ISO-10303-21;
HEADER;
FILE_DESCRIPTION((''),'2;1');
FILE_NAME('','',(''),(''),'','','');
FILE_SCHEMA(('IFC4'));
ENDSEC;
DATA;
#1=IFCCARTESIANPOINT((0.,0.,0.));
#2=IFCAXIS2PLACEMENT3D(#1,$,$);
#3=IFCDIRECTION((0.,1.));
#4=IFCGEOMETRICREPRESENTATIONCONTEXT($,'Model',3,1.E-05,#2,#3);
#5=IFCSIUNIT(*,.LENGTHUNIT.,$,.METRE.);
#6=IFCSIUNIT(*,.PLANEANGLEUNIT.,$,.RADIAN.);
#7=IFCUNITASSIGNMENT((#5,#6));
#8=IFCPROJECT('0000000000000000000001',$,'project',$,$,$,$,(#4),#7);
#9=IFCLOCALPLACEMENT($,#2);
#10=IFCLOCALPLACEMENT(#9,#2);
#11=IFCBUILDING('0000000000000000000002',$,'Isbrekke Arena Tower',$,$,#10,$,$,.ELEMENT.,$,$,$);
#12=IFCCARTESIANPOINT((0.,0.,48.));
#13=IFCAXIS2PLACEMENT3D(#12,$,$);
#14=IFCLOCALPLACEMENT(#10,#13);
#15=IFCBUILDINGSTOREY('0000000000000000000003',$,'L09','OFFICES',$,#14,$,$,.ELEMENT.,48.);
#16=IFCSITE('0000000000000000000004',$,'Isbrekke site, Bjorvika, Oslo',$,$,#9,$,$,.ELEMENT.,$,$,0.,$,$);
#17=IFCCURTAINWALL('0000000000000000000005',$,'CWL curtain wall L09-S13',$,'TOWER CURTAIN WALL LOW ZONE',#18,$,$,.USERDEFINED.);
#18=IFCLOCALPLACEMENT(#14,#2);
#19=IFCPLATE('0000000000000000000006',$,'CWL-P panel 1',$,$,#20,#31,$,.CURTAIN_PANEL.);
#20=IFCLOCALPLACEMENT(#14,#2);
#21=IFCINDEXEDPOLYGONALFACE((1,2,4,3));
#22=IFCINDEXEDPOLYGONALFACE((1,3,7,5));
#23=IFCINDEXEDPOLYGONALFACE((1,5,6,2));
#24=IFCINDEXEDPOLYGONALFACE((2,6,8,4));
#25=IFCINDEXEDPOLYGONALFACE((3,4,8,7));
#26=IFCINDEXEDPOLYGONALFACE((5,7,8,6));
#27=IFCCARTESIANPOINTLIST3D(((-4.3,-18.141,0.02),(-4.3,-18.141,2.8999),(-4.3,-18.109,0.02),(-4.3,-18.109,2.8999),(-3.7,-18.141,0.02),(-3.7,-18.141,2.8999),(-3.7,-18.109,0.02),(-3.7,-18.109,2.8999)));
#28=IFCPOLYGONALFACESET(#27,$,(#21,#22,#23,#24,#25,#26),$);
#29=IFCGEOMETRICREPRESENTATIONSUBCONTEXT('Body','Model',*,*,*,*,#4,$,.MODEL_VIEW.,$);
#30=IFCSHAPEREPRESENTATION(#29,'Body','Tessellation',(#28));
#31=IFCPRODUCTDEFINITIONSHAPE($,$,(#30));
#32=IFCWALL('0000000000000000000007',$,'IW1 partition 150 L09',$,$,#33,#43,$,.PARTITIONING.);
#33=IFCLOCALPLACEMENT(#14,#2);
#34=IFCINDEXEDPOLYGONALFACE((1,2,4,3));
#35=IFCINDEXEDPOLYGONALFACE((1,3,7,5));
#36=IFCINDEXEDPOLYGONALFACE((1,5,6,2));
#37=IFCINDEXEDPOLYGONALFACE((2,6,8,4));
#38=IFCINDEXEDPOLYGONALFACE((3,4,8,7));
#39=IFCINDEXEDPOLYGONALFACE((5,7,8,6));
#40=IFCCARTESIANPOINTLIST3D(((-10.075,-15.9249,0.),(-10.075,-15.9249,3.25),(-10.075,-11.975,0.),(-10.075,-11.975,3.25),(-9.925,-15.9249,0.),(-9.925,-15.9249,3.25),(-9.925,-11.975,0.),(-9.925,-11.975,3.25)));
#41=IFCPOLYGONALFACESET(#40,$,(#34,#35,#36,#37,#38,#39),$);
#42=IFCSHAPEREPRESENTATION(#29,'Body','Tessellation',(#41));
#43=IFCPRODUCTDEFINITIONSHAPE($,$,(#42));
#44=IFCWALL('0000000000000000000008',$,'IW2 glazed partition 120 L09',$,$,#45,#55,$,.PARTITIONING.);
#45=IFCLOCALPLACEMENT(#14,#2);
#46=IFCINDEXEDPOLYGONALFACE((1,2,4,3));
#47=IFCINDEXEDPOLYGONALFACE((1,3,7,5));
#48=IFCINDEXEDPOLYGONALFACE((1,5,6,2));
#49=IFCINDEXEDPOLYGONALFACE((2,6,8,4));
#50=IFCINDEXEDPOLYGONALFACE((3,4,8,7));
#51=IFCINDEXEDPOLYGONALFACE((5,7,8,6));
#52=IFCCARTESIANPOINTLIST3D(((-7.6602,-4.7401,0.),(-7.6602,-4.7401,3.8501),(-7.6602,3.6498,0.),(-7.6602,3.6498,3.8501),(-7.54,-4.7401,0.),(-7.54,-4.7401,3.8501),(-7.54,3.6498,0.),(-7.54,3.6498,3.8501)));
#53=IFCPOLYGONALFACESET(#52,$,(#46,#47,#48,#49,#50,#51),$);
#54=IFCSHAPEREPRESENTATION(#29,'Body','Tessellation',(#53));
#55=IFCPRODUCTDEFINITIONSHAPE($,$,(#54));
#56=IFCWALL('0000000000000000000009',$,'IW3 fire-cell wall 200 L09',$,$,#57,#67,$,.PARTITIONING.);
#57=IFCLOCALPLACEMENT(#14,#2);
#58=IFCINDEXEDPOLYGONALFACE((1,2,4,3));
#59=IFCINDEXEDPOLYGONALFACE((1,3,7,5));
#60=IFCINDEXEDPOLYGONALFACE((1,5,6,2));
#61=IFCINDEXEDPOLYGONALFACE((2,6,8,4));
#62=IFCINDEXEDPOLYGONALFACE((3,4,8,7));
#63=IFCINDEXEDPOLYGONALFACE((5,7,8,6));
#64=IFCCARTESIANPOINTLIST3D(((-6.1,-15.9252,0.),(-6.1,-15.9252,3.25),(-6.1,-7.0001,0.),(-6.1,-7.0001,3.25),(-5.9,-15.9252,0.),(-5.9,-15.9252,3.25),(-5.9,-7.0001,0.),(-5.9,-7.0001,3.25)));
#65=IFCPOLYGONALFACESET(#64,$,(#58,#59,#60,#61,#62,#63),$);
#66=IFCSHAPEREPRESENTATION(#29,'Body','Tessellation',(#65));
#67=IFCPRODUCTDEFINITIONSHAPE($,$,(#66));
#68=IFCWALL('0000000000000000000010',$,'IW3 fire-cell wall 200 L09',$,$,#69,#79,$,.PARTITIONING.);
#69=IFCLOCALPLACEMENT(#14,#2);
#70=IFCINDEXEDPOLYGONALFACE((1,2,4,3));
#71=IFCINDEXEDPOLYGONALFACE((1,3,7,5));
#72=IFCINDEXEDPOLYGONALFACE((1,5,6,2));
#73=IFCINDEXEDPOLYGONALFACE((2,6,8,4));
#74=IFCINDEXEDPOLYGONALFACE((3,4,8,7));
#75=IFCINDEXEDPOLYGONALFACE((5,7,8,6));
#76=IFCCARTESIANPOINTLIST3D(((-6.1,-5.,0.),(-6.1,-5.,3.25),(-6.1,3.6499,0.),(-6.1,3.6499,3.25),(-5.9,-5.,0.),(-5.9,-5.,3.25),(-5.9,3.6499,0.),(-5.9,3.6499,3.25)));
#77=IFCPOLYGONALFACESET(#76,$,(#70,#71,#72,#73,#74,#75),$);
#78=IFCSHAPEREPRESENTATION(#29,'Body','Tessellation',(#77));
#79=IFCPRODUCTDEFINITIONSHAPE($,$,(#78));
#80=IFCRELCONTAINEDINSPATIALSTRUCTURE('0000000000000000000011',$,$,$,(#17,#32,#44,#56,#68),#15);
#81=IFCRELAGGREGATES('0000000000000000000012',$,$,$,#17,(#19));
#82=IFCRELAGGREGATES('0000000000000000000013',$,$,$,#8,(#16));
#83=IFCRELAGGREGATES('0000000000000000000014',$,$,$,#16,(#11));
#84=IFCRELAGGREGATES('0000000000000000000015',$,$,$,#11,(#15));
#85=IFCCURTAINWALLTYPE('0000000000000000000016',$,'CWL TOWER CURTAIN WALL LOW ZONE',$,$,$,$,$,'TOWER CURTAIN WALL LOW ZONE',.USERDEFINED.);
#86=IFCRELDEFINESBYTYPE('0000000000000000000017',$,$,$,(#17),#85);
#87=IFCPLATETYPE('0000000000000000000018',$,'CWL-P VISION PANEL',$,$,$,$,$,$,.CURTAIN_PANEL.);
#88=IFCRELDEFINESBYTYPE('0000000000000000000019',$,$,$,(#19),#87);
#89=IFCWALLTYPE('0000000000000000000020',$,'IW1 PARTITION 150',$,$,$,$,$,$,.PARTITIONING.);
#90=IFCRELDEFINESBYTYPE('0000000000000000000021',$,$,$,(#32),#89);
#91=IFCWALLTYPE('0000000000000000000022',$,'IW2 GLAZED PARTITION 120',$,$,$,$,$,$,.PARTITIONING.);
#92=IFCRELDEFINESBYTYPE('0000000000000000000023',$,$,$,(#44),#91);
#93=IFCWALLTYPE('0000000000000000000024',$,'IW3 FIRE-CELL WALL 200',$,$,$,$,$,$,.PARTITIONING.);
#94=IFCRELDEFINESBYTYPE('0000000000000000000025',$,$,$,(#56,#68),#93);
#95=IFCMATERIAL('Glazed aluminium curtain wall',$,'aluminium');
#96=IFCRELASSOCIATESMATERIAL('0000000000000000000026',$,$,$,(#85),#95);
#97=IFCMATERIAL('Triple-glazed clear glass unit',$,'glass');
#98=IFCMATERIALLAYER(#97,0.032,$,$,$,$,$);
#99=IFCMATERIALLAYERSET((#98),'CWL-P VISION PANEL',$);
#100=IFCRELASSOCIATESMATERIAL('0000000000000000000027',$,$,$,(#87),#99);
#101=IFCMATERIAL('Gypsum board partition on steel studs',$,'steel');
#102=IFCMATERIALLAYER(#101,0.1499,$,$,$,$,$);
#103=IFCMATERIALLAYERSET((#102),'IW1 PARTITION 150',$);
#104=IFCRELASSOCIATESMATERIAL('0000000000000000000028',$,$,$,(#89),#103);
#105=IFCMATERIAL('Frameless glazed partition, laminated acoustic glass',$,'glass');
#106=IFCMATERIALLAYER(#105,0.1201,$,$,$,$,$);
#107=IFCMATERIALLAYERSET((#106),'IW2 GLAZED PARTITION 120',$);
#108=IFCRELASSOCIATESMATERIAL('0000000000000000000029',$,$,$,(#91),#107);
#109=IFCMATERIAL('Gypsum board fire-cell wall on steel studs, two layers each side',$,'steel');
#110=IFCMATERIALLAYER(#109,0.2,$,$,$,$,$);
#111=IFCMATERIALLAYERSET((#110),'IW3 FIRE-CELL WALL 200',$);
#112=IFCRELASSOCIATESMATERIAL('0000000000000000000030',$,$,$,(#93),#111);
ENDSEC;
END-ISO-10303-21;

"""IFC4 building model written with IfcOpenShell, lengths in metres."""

from ifc_helpers import new_model, si_unit, direction, frame, frame_2d, origin, origin_2d, place, context, subcontext, project, spatial, rectangle, extrude, material, layer, layer_set, type_object, element, aggregate, save


model = new_model("IFC4")

# Units and contexts
model_context = context("Model", 3, precision=1e-05, world=origin(), true_north=direction((0.0, 1.0)))
body_context = subcontext(model_context, "Body", "Model", "MODEL_VIEW")
ifc_project = project(units=[si_unit("LENGTHUNIT", "METRE"), si_unit("PLANEANGLEUNIT", "RADIAN")], contexts=[model_context])

# Site, building, storey
site_placement = place(None, origin())
site = spatial("IfcSite", under=ifc_project, at=site_placement, Name="Isbrekke site, Bjorvika, Oslo", CompositionType="ELEMENT", RefElevation=0.0)
building_placement = place(site_placement, origin())
building = spatial("IfcBuilding", under=site, at=building_placement, Name="Isbrekke Arena Tower", CompositionType="ELEMENT")
storey_placement = place(building_placement, frame((0.0, 0.0, 48.0)))
storey = spatial("IfcBuildingStorey", under=building, at=storey_placement, Name="L09", Description="OFFICES", CompositionType="ELEMENT", Elevation=48.0)

# Curtain wall
ifc_material_1 = material(Name="Glazed aluminium curtain wall", Category="aluminium")
curtain_wall_type = type_object("IfcCurtainWallType", Name="CWL TOWER CURTAIN WALL LOW ZONE", ElementType="TOWER CURTAIN WALL LOW ZONE", PredefinedType="USERDEFINED", material=ifc_material_1)
curtain_wall_1_placement = place(storey_placement, origin())
curtain_wall_1 = element("IfcCurtainWall", 1, at=curtain_wall_1_placement, inside=storey, type_object=curtain_wall_type, Name="CWL curtain wall L09-S13", ObjectType="TOWER CURTAIN WALL LOW ZONE", PredefinedType="USERDEFINED")

# Plate
ifc_material_2 = material(Name="Triple-glazed clear glass unit", Category="glass")
ifc_layer_1 = layer(ifc_material_2, 0.032)
ifc_layer_set_1 = layer_set([ifc_layer_1], Name="CWL-P VISION PANEL")
plate_type = type_object("IfcPlateType", Name="CWL-P VISION PANEL", PredefinedType="CURTAIN_PANEL", material=ifc_layer_set_1)
plate_1_placement = place(storey_placement, frame((-4.0, -18.125, 0.02), z_axis=(0.0, 0.0, 1.0), x_axis=(1.0, 0.0, 0.0)))
plate_1 = element("IfcPlate", 2, at=plate_1_placement, type_object=plate_type, Name="CWL-P panel 1", PredefinedType="CURTAIN_PANEL", context=body_context, shape_type="SweptSolid", body=[
    extrude(rectangle(XDim=0.6001, YDim=0.032, at=origin_2d()), origin(), (0.0, 0.0, 1.0), 2.8799),
])
aggregate(curtain_wall_1, [plate_1])

# Walls
ifc_material_3 = material(Name="Gypsum board partition on steel studs", Category="steel")
ifc_layer_2 = layer(ifc_material_3, 0.1499)
ifc_layer_set_2 = layer_set([ifc_layer_2], Name="IW1 PARTITION 150")
wall_type_1 = type_object("IfcWallType", Name="IW1 PARTITION 150", PredefinedType="PARTITIONING", material=ifc_layer_set_2)
wall_1_placement = place(storey_placement, frame((-10.0, -15.925, 0.0), z_axis=(0.0, 0.0, 1.0), x_axis=(0.0, 1.0, 0.0)))
element("IfcWall", 3, at=wall_1_placement, inside=storey, type_object=wall_type_1, Name="IW1 partition 150 L09", PredefinedType="PARTITIONING", context=body_context, shape_type="SweptSolid", body=[
    extrude(rectangle(XDim=3.95, YDim=0.1499, at=frame_2d((1.9751, 0.0))), origin(), (0.0, 0.0, 1.0), 3.25),
])
ifc_material_4 = material(Name="Frameless glazed partition, laminated acoustic glass", Category="glass")
ifc_layer_3 = layer(ifc_material_4, 0.1201)
ifc_layer_set_3 = layer_set([ifc_layer_3], Name="IW2 GLAZED PARTITION 120")
wall_type_2 = type_object("IfcWallType", Name="IW2 GLAZED PARTITION 120", PredefinedType="PARTITIONING", material=ifc_layer_set_3)
wall_2_placement = place(storey_placement, frame((-7.6001, -4.74, 0.0), z_axis=(0.0, 0.0, 1.0), x_axis=(0.0, 1.0, 0.0)))
element("IfcWall", 4, at=wall_2_placement, inside=storey, type_object=wall_type_2, Name="IW2 glazed partition 120 L09", PredefinedType="PARTITIONING", context=body_context, shape_type="SweptSolid", body=[
    extrude(rectangle(XDim=8.3899, YDim=0.1201, at=frame_2d((4.1948, 0.0))), origin(), (0.0, 0.0, 1.0), 3.8501),
])
ifc_material_5 = material(Name="Gypsum board fire-cell wall on steel studs, two layers each side", Category="steel")
ifc_layer_4 = layer(ifc_material_5, 0.2)
ifc_layer_set_4 = layer_set([ifc_layer_4], Name="IW3 FIRE-CELL WALL 200")
wall_type_3 = type_object("IfcWallType", Name="IW3 FIRE-CELL WALL 200", PredefinedType="PARTITIONING", material=ifc_layer_set_4)
wall_3_placement = place(storey_placement, frame((-6.0, -15.925, 0.0), z_axis=(0.0, 0.0, 1.0), x_axis=(0.0, 1.0, 0.0)))
element("IfcWall", 5, at=wall_3_placement, inside=storey, type_object=wall_type_3, Name="IW3 fire-cell wall 200 L09", PredefinedType="PARTITIONING", context=body_context, shape_type="SweptSolid", body=[
    extrude(rectangle(XDim=8.925, YDim=0.2, at=frame_2d((4.4624, 0.0))), origin(), (0.0, 0.0, 1.0), 3.25),
])
wall_4_placement = place(storey_placement, frame((-6.0, -5.0, 0.0), z_axis=(0.0, 0.0, 1.0), x_axis=(0.0, 1.0, 0.0)))
element("IfcWall", 6, at=wall_4_placement, inside=storey, type_object=wall_type_3, Name="IW3 fire-cell wall 200 L09", PredefinedType="PARTITIONING", context=body_context, shape_type="SweptSolid", body=[
    extrude(rectangle(XDim=8.6499, YDim=0.2, at=frame_2d((4.325, 0.0))), origin(), (0.0, 0.0, 1.0), 3.25),
])

save(model, "model.ifc")
